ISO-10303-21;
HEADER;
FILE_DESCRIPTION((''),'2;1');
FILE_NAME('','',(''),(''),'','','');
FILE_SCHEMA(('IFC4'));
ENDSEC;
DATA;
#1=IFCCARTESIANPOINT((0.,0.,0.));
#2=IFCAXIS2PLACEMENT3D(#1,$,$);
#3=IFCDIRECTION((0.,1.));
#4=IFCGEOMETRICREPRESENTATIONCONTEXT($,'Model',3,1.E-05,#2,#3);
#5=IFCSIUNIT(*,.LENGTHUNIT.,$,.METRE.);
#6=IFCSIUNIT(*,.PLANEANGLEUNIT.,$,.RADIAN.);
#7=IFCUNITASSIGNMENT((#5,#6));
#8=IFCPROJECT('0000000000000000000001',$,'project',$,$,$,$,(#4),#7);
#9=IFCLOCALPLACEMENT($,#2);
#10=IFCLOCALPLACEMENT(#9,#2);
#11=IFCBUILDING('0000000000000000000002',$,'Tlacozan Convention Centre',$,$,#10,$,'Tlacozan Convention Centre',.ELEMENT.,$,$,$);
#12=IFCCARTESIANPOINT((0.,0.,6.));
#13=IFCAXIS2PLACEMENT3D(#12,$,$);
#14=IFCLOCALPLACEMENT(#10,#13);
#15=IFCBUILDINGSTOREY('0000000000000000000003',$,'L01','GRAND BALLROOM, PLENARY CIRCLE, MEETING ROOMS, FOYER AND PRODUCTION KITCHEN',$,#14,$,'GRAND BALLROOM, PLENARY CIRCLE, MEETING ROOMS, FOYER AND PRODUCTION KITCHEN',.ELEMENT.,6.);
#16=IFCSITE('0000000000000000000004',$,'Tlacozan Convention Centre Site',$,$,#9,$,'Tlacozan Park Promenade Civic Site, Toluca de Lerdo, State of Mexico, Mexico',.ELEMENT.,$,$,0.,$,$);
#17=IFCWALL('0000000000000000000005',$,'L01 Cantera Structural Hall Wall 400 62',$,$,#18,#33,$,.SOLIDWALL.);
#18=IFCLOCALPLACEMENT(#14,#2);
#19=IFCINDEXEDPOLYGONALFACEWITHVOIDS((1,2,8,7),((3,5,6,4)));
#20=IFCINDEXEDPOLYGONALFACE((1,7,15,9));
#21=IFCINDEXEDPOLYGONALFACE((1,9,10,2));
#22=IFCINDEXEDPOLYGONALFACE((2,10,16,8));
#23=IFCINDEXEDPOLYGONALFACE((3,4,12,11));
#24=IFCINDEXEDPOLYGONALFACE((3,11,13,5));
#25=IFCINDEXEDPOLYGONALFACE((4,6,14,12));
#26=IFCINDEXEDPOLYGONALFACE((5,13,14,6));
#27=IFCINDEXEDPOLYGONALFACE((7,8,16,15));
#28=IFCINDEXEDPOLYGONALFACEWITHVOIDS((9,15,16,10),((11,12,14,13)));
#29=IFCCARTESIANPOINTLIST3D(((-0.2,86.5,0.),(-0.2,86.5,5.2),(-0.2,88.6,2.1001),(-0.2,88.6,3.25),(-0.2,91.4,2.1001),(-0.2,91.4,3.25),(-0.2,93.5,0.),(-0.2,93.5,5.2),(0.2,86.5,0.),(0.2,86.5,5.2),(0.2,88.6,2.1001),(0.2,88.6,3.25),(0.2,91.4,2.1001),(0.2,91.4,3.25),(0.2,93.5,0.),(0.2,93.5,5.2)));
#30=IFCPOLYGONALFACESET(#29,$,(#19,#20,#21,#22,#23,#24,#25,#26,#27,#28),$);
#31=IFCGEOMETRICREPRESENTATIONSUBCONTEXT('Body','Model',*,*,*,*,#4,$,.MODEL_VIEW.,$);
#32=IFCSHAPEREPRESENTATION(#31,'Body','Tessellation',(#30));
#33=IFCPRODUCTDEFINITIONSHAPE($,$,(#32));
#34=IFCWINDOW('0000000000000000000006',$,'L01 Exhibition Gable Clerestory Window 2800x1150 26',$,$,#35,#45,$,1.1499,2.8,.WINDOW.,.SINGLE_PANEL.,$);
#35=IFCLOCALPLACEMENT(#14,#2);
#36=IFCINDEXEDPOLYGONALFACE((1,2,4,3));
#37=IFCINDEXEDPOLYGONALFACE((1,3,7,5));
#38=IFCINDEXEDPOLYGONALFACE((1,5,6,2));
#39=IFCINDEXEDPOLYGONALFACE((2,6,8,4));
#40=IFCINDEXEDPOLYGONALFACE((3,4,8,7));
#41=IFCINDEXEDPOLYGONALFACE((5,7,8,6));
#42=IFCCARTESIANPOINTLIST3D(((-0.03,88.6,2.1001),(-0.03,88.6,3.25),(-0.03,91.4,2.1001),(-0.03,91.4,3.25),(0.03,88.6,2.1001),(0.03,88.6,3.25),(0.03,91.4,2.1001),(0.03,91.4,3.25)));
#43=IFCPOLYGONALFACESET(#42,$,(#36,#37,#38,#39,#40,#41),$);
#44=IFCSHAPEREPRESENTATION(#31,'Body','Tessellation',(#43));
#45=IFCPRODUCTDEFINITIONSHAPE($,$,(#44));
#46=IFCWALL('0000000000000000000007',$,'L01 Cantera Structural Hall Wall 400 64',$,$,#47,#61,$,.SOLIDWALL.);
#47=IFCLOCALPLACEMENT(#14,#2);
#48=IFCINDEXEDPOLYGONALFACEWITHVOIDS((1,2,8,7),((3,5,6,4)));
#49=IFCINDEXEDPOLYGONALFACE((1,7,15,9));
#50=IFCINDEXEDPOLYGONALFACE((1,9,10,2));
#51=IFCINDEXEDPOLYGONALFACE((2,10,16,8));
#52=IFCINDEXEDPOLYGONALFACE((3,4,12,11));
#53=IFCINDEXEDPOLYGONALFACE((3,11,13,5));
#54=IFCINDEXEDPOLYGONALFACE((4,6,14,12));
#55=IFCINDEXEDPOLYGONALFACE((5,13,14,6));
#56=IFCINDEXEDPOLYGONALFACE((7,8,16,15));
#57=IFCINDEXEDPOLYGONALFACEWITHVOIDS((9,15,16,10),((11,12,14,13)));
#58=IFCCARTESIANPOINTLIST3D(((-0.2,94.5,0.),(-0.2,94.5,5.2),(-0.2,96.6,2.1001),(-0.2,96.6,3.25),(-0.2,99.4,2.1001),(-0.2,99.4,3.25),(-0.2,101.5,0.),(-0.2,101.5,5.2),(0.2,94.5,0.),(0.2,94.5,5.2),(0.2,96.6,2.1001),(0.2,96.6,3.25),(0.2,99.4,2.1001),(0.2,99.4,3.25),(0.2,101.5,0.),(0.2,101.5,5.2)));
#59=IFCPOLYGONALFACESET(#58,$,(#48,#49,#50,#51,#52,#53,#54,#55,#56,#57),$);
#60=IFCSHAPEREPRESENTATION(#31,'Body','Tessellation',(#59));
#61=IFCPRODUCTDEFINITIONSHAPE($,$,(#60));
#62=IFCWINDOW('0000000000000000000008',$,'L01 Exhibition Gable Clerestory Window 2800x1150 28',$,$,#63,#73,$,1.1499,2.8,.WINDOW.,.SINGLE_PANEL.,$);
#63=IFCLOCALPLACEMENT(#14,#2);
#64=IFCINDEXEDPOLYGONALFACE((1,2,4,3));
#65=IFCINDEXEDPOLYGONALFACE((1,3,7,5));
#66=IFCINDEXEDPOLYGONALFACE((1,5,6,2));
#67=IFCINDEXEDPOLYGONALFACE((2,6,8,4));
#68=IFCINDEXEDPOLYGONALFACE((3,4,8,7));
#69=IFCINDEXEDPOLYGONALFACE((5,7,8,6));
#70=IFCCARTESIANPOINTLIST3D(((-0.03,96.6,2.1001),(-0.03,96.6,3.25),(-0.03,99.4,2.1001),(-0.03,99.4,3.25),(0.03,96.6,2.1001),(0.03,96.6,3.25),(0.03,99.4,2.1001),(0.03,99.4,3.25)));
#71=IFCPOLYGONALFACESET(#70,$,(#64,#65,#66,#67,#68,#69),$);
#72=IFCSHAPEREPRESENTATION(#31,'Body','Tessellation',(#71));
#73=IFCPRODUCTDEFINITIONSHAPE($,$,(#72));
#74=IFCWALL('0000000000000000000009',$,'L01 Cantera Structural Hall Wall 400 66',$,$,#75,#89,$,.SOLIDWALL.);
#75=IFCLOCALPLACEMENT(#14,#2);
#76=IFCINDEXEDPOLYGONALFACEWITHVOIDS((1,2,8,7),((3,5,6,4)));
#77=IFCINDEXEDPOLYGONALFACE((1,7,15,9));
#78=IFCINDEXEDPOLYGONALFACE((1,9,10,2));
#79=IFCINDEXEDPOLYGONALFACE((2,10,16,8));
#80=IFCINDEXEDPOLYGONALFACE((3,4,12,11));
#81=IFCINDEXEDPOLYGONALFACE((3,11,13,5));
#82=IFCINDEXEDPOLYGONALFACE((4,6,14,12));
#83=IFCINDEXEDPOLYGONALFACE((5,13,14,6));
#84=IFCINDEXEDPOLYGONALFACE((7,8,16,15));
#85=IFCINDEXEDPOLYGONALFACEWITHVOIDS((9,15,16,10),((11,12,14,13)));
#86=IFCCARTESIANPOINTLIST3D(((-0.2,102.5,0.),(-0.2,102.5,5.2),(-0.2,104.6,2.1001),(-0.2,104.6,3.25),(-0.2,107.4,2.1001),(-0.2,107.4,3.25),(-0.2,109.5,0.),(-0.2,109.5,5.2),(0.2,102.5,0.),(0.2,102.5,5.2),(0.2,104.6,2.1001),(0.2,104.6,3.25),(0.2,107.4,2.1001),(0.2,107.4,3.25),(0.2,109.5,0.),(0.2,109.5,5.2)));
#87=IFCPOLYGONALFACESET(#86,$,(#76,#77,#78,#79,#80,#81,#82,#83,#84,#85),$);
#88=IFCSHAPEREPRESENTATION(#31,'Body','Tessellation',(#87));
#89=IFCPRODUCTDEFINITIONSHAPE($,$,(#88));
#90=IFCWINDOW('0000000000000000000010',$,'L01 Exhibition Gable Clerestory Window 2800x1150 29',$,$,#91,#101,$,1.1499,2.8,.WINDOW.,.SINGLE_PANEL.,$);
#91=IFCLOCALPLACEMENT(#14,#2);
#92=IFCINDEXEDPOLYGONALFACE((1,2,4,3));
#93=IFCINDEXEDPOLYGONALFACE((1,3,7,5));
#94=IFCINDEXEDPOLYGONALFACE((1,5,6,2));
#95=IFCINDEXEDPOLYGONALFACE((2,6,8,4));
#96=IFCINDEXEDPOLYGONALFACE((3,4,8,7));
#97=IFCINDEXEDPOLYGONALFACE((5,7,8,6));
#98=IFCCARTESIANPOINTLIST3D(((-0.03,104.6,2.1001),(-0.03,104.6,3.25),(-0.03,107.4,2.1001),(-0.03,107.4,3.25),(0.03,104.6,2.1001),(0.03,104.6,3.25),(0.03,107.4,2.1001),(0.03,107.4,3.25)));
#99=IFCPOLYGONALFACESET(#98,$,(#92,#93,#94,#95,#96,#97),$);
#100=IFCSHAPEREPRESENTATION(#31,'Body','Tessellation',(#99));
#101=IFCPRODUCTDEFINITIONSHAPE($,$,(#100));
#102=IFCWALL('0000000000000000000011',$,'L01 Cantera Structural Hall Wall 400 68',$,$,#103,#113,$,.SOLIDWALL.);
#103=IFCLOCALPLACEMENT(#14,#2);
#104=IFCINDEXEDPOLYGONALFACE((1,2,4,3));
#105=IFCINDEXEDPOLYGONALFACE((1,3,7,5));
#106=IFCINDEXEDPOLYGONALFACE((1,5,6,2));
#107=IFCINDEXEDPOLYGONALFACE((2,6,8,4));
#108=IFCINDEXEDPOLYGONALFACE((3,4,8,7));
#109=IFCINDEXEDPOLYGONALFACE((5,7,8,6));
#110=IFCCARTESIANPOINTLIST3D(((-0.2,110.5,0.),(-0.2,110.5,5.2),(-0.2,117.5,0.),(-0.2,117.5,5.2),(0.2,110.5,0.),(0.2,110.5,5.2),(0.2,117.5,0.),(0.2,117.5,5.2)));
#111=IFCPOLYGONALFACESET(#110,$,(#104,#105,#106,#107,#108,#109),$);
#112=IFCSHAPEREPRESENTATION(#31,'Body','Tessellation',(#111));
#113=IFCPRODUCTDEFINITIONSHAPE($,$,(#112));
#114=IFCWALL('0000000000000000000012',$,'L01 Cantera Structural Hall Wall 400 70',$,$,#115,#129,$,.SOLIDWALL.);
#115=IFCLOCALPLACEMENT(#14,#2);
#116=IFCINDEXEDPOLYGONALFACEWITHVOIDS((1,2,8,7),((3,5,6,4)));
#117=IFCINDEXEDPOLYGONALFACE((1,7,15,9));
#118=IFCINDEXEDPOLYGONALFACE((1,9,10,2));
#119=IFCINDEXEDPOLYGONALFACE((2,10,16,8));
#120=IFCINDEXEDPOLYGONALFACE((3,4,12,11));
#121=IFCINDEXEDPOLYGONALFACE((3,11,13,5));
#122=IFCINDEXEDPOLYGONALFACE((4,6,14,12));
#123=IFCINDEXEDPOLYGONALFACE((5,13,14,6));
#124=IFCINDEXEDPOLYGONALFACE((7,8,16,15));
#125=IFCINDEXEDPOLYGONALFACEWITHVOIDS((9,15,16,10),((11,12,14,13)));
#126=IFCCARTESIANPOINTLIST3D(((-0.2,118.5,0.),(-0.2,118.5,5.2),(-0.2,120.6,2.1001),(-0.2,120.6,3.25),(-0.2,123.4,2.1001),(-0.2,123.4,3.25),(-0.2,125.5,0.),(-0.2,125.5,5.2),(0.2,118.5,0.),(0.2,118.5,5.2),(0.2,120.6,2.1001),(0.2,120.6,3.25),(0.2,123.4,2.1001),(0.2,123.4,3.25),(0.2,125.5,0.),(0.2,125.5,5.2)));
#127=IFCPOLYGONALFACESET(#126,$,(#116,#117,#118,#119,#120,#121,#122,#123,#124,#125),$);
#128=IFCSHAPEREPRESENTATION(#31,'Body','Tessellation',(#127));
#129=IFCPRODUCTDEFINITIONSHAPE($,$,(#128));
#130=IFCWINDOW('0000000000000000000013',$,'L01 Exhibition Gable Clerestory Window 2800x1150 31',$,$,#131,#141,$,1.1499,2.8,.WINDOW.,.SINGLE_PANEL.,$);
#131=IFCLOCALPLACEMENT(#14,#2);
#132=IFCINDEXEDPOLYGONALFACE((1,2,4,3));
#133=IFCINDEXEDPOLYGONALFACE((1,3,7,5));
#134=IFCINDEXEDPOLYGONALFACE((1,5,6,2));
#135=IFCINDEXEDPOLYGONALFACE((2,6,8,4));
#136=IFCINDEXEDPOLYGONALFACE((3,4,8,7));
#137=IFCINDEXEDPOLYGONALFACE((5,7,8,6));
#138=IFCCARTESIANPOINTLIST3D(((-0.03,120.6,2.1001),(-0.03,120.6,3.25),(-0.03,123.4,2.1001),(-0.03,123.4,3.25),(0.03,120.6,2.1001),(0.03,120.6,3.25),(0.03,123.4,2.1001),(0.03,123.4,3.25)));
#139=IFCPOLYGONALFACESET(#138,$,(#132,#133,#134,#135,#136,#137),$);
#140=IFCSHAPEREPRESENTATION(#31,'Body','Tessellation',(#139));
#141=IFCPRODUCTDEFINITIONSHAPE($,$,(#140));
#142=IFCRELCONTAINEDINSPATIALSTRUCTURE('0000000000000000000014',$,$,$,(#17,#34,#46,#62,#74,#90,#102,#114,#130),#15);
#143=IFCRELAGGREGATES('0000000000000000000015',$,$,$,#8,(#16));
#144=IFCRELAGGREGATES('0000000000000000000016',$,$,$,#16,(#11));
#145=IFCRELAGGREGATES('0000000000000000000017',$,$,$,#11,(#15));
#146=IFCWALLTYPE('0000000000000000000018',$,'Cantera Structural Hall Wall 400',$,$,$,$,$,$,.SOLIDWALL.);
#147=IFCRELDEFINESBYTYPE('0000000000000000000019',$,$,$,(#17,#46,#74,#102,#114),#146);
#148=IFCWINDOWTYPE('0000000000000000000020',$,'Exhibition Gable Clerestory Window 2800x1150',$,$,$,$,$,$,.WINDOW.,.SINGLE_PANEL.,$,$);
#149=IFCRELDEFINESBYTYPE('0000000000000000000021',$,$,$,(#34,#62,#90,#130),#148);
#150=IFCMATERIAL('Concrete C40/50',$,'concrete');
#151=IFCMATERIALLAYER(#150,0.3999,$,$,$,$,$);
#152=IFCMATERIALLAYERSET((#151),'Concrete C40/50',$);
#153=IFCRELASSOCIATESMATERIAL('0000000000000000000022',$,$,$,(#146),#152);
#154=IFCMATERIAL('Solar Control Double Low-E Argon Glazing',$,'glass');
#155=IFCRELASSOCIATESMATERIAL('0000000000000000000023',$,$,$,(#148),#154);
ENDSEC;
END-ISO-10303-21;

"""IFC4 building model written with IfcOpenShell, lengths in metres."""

from ifc_helpers import new_model, si_unit, direction, frame, frame_2d, origin, place, context, subcontext, project, spatial, rectangle, extrude, material, layer, layer_set, type_object, element, fill, save


model = new_model("IFC4")

# Units and contexts
model_context = context("Model", 3, precision=1e-05, world=origin(), true_north=direction((0.0, 1.0)))
body_context = subcontext(model_context, "Body", "Model", "MODEL_VIEW")
ifc_project = project(units=[si_unit("LENGTHUNIT", "METRE"), si_unit("PLANEANGLEUNIT", "RADIAN")], contexts=[model_context])

# Site, building, storey
site_placement = place(None, origin())
site = spatial("IfcSite", under=ifc_project, at=site_placement, Name="Tlacozan Convention Centre Site", LongName="Tlacozan Park Promenade Civic Site, Toluca de Lerdo, State of Mexico, Mexico", CompositionType="ELEMENT", RefElevation=0.0)
building_placement = place(site_placement, origin())
building = spatial("IfcBuilding", under=site, at=building_placement, Name="Tlacozan Convention Centre", LongName="Tlacozan Convention Centre", CompositionType="ELEMENT")
storey_placement = place(building_placement, frame((0.0, 0.0, 6.0)))
storey = spatial("IfcBuildingStorey", under=building, at=storey_placement, Name="L01", Description="GRAND BALLROOM, PLENARY CIRCLE, MEETING ROOMS, FOYER AND PRODUCTION KITCHEN", LongName="GRAND BALLROOM, PLENARY CIRCLE, MEETING ROOMS, FOYER AND PRODUCTION KITCHEN", CompositionType="ELEMENT", Elevation=6.0)

# Shared definitions
ifc_material_1 = material(Name="Concrete C40/50", Category="concrete")

# Shared definitions
ifc_material_2 = material(Name="Solar Control Double Low-E Argon Glazing", Category="glass")

# Shared definitions
ifc_layer_1 = layer(ifc_material_1, 0.3999)
ifc_layer_set_1 = layer_set([ifc_layer_1], Name="Concrete C40/50")
wall_type = type_object("IfcWallType", Name="Cantera Structural Hall Wall 400", PredefinedType="SOLIDWALL", material=ifc_layer_set_1)

# Walls, openings, windows
window_type = type_object("IfcWindowType", Name="Exhibition Gable Clerestory Window 2800x1150", PartitioningType="SINGLE_PANEL", PredefinedType="WINDOW", material=ifc_material_2)
wall_1_placement = place(storey_placement, frame((0.0, 86.5, 0.0), z_axis=(0.0, 0.0, 1.0), x_axis=(0.0, 1.0, 0.0)))
wall_1 = element("IfcWall", 1, at=wall_1_placement, inside=storey, type_object=wall_type, Name="L01 Cantera Structural Hall Wall 400 62", PredefinedType="SOLIDWALL", context=body_context, shape_type="SweptSolid", body=[
    extrude(rectangle(XDim=7.0, YDim=0.3999, at=frame_2d((3.5, 0.0))), origin(), (0.0, 0.0, 1.0), 5.2),
])
opening_1_placement = place(wall_1_placement, frame((2.1001, 0.0, 2.1001)))
opening_1 = element("IfcOpeningElement", 2, at=opening_1_placement, cuts=wall_1, PredefinedType="OPENING", context=body_context, shape_type="SweptSolid", body=[
    extrude(rectangle(XDim=2.8, YDim=1.1499, at=frame_2d((1.3999, 0.575))), frame((0.0, 0.21, 0.0), z_axis=(0.0, -1.0, 0.0), x_axis=(1.0, 0.0, 0.0)), (0.0, 0.0, 1.0), 0.4199),
])
window_1_placement = place(opening_1_placement, origin())
window_1 = element("IfcWindow", 3, at=window_1_placement, inside=storey, type_object=window_type, Name="L01 Exhibition Gable Clerestory Window 2800x1150 26", OverallHeight=1.1499, OverallWidth=2.8, PartitioningType="SINGLE_PANEL", PredefinedType="WINDOW", context=body_context, shape_type="SweptSolid", body=[
    extrude(rectangle(XDim=2.8, YDim=1.1499, at=frame_2d((1.3999, 0.575))), frame((0.0, 0.03, 0.0), z_axis=(0.0, -1.0, 0.0), x_axis=(1.0, 0.0, 0.0)), (0.0, 0.0, 1.0), 0.0601),
])
fill(opening_1, window_1)
wall_2_placement = place(storey_placement, frame((0.0, 94.5, 0.0), z_axis=(0.0, 0.0, 1.0), x_axis=(0.0, 1.0, 0.0)))
wall_2 = element("IfcWall", 4, at=wall_2_placement, inside=storey, type_object=wall_type, Name="L01 Cantera Structural Hall Wall 400 64", PredefinedType="SOLIDWALL", context=body_context, shape_type="SweptSolid", body=[
    extrude(rectangle(XDim=7.0, YDim=0.3999, at=frame_2d((3.5, 0.0))), origin(), (0.0, 0.0, 1.0), 5.2),
])
opening_2_placement = place(wall_2_placement, frame((2.1001, 0.0, 2.1001)))
opening_2 = element("IfcOpeningElement", 5, at=opening_2_placement, cuts=wall_2, PredefinedType="OPENING", context=body_context, shape_type="SweptSolid", body=[
    extrude(rectangle(XDim=2.8, YDim=1.1499, at=frame_2d((1.3999, 0.575))), frame((0.0, 0.21, 0.0), z_axis=(0.0, -1.0, 0.0), x_axis=(1.0, 0.0, 0.0)), (0.0, 0.0, 1.0), 0.4199),
])
window_2_placement = place(opening_2_placement, origin())
window_2 = element("IfcWindow", 6, at=window_2_placement, inside=storey, type_object=window_type, Name="L01 Exhibition Gable Clerestory Window 2800x1150 28", OverallHeight=1.1499, OverallWidth=2.8, PartitioningType="SINGLE_PANEL", PredefinedType="WINDOW", context=body_context, shape_type="SweptSolid", body=[
    extrude(rectangle(XDim=2.8, YDim=1.1499, at=frame_2d((1.3999, 0.575))), frame((0.0, 0.03, 0.0), z_axis=(0.0, -1.0, 0.0), x_axis=(1.0, 0.0, 0.0)), (0.0, 0.0, 1.0), 0.0601),
])
fill(opening_2, window_2)
wall_3_placement = place(storey_placement, frame((0.0, 102.5, 0.0), z_axis=(0.0, 0.0, 1.0), x_axis=(0.0, 1.0, 0.0)))
wall_3 = element("IfcWall", 7, at=wall_3_placement, inside=storey, type_object=wall_type, Name="L01 Cantera Structural Hall Wall 400 66", PredefinedType="SOLIDWALL", context=body_context, shape_type="SweptSolid", body=[
    extrude(rectangle(XDim=7.0, YDim=0.3999, at=frame_2d((3.5, 0.0))), origin(), (0.0, 0.0, 1.0), 5.2),
])
opening_3_placement = place(wall_3_placement, frame((2.1001, 0.0, 2.1001)))
opening_3 = element("IfcOpeningElement", 8, at=opening_3_placement, cuts=wall_3, PredefinedType="OPENING", context=body_context, shape_type="SweptSolid", body=[
    extrude(rectangle(XDim=2.8, YDim=1.1499, at=frame_2d((1.3999, 0.575))), frame((0.0, 0.21, 0.0), z_axis=(0.0, -1.0, 0.0), x_axis=(1.0, 0.0, 0.0)), (0.0, 0.0, 1.0), 0.4199),
])
window_3_placement = place(opening_3_placement, origin())
window_3 = element("IfcWindow", 9, at=window_3_placement, inside=storey, type_object=window_type, Name="L01 Exhibition Gable Clerestory Window 2800x1150 29", OverallHeight=1.1499, OverallWidth=2.8, PartitioningType="SINGLE_PANEL", PredefinedType="WINDOW", context=body_context, shape_type="SweptSolid", body=[
    extrude(rectangle(XDim=2.8, YDim=1.1499, at=frame_2d((1.3999, 0.575))), frame((0.0, 0.03, 0.0), z_axis=(0.0, -1.0, 0.0), x_axis=(1.0, 0.0, 0.0)), (0.0, 0.0, 1.0), 0.0601),
])
fill(opening_3, window_3)

# Wall
wall_4_placement = place(storey_placement, frame((0.0, 110.5, 0.0), z_axis=(0.0, 0.0, 1.0), x_axis=(0.0, 1.0, 0.0)))
element("IfcWall", 10, at=wall_4_placement, inside=storey, type_object=wall_type, Name="L01 Cantera Structural Hall Wall 400 68", PredefinedType="SOLIDWALL", context=body_context, shape_type="SweptSolid", body=[
    extrude(rectangle(XDim=7.0, YDim=0.3999, at=frame_2d((3.5, 0.0))), origin(), (0.0, 0.0, 1.0), 5.2),
])

# Wall, opening, window
wall_5_placement = place(storey_placement, frame((0.0, 118.5, 0.0), z_axis=(0.0, 0.0, 1.0), x_axis=(0.0, 1.0, 0.0)))
wall_5 = element("IfcWall", 11, at=wall_5_placement, inside=storey, type_object=wall_type, Name="L01 Cantera Structural Hall Wall 400 70", PredefinedType="SOLIDWALL", context=body_context, shape_type="SweptSolid", body=[
    extrude(rectangle(XDim=7.0, YDim=0.3999, at=frame_2d((3.5, 0.0))), origin(), (0.0, 0.0, 1.0), 5.2),
])
opening_4_placement = place(wall_5_placement, frame((2.1001, 0.0, 2.1001)))
opening_4 = element("IfcOpeningElement", 12, at=opening_4_placement, cuts=wall_5, PredefinedType="OPENING", context=body_context, shape_type="SweptSolid", body=[
    extrude(rectangle(XDim=2.8, YDim=1.1499, at=frame_2d((1.3999, 0.575))), frame((0.0, 0.21, 0.0), z_axis=(0.0, -1.0, 0.0), x_axis=(1.0, 0.0, 0.0)), (0.0, 0.0, 1.0), 0.4199),
])
window_4_placement = place(opening_4_placement, origin())
window_4 = element("IfcWindow", 13, at=window_4_placement, inside=storey, type_object=window_type, Name="L01 Exhibition Gable Clerestory Window 2800x1150 31", OverallHeight=1.1499, OverallWidth=2.8, PartitioningType="SINGLE_PANEL", PredefinedType="WINDOW", context=body_context, shape_type="SweptSolid", body=[
    extrude(rectangle(XDim=2.8, YDim=1.1499, at=frame_2d((1.3999, 0.575))), frame((0.0, 0.03, 0.0), z_axis=(0.0, -1.0, 0.0), x_axis=(1.0, 0.0, 0.0)), (0.0, 0.0, 1.0), 0.0601),
])
fill(opening_4, window_4)

save(model, "model.ifc")
